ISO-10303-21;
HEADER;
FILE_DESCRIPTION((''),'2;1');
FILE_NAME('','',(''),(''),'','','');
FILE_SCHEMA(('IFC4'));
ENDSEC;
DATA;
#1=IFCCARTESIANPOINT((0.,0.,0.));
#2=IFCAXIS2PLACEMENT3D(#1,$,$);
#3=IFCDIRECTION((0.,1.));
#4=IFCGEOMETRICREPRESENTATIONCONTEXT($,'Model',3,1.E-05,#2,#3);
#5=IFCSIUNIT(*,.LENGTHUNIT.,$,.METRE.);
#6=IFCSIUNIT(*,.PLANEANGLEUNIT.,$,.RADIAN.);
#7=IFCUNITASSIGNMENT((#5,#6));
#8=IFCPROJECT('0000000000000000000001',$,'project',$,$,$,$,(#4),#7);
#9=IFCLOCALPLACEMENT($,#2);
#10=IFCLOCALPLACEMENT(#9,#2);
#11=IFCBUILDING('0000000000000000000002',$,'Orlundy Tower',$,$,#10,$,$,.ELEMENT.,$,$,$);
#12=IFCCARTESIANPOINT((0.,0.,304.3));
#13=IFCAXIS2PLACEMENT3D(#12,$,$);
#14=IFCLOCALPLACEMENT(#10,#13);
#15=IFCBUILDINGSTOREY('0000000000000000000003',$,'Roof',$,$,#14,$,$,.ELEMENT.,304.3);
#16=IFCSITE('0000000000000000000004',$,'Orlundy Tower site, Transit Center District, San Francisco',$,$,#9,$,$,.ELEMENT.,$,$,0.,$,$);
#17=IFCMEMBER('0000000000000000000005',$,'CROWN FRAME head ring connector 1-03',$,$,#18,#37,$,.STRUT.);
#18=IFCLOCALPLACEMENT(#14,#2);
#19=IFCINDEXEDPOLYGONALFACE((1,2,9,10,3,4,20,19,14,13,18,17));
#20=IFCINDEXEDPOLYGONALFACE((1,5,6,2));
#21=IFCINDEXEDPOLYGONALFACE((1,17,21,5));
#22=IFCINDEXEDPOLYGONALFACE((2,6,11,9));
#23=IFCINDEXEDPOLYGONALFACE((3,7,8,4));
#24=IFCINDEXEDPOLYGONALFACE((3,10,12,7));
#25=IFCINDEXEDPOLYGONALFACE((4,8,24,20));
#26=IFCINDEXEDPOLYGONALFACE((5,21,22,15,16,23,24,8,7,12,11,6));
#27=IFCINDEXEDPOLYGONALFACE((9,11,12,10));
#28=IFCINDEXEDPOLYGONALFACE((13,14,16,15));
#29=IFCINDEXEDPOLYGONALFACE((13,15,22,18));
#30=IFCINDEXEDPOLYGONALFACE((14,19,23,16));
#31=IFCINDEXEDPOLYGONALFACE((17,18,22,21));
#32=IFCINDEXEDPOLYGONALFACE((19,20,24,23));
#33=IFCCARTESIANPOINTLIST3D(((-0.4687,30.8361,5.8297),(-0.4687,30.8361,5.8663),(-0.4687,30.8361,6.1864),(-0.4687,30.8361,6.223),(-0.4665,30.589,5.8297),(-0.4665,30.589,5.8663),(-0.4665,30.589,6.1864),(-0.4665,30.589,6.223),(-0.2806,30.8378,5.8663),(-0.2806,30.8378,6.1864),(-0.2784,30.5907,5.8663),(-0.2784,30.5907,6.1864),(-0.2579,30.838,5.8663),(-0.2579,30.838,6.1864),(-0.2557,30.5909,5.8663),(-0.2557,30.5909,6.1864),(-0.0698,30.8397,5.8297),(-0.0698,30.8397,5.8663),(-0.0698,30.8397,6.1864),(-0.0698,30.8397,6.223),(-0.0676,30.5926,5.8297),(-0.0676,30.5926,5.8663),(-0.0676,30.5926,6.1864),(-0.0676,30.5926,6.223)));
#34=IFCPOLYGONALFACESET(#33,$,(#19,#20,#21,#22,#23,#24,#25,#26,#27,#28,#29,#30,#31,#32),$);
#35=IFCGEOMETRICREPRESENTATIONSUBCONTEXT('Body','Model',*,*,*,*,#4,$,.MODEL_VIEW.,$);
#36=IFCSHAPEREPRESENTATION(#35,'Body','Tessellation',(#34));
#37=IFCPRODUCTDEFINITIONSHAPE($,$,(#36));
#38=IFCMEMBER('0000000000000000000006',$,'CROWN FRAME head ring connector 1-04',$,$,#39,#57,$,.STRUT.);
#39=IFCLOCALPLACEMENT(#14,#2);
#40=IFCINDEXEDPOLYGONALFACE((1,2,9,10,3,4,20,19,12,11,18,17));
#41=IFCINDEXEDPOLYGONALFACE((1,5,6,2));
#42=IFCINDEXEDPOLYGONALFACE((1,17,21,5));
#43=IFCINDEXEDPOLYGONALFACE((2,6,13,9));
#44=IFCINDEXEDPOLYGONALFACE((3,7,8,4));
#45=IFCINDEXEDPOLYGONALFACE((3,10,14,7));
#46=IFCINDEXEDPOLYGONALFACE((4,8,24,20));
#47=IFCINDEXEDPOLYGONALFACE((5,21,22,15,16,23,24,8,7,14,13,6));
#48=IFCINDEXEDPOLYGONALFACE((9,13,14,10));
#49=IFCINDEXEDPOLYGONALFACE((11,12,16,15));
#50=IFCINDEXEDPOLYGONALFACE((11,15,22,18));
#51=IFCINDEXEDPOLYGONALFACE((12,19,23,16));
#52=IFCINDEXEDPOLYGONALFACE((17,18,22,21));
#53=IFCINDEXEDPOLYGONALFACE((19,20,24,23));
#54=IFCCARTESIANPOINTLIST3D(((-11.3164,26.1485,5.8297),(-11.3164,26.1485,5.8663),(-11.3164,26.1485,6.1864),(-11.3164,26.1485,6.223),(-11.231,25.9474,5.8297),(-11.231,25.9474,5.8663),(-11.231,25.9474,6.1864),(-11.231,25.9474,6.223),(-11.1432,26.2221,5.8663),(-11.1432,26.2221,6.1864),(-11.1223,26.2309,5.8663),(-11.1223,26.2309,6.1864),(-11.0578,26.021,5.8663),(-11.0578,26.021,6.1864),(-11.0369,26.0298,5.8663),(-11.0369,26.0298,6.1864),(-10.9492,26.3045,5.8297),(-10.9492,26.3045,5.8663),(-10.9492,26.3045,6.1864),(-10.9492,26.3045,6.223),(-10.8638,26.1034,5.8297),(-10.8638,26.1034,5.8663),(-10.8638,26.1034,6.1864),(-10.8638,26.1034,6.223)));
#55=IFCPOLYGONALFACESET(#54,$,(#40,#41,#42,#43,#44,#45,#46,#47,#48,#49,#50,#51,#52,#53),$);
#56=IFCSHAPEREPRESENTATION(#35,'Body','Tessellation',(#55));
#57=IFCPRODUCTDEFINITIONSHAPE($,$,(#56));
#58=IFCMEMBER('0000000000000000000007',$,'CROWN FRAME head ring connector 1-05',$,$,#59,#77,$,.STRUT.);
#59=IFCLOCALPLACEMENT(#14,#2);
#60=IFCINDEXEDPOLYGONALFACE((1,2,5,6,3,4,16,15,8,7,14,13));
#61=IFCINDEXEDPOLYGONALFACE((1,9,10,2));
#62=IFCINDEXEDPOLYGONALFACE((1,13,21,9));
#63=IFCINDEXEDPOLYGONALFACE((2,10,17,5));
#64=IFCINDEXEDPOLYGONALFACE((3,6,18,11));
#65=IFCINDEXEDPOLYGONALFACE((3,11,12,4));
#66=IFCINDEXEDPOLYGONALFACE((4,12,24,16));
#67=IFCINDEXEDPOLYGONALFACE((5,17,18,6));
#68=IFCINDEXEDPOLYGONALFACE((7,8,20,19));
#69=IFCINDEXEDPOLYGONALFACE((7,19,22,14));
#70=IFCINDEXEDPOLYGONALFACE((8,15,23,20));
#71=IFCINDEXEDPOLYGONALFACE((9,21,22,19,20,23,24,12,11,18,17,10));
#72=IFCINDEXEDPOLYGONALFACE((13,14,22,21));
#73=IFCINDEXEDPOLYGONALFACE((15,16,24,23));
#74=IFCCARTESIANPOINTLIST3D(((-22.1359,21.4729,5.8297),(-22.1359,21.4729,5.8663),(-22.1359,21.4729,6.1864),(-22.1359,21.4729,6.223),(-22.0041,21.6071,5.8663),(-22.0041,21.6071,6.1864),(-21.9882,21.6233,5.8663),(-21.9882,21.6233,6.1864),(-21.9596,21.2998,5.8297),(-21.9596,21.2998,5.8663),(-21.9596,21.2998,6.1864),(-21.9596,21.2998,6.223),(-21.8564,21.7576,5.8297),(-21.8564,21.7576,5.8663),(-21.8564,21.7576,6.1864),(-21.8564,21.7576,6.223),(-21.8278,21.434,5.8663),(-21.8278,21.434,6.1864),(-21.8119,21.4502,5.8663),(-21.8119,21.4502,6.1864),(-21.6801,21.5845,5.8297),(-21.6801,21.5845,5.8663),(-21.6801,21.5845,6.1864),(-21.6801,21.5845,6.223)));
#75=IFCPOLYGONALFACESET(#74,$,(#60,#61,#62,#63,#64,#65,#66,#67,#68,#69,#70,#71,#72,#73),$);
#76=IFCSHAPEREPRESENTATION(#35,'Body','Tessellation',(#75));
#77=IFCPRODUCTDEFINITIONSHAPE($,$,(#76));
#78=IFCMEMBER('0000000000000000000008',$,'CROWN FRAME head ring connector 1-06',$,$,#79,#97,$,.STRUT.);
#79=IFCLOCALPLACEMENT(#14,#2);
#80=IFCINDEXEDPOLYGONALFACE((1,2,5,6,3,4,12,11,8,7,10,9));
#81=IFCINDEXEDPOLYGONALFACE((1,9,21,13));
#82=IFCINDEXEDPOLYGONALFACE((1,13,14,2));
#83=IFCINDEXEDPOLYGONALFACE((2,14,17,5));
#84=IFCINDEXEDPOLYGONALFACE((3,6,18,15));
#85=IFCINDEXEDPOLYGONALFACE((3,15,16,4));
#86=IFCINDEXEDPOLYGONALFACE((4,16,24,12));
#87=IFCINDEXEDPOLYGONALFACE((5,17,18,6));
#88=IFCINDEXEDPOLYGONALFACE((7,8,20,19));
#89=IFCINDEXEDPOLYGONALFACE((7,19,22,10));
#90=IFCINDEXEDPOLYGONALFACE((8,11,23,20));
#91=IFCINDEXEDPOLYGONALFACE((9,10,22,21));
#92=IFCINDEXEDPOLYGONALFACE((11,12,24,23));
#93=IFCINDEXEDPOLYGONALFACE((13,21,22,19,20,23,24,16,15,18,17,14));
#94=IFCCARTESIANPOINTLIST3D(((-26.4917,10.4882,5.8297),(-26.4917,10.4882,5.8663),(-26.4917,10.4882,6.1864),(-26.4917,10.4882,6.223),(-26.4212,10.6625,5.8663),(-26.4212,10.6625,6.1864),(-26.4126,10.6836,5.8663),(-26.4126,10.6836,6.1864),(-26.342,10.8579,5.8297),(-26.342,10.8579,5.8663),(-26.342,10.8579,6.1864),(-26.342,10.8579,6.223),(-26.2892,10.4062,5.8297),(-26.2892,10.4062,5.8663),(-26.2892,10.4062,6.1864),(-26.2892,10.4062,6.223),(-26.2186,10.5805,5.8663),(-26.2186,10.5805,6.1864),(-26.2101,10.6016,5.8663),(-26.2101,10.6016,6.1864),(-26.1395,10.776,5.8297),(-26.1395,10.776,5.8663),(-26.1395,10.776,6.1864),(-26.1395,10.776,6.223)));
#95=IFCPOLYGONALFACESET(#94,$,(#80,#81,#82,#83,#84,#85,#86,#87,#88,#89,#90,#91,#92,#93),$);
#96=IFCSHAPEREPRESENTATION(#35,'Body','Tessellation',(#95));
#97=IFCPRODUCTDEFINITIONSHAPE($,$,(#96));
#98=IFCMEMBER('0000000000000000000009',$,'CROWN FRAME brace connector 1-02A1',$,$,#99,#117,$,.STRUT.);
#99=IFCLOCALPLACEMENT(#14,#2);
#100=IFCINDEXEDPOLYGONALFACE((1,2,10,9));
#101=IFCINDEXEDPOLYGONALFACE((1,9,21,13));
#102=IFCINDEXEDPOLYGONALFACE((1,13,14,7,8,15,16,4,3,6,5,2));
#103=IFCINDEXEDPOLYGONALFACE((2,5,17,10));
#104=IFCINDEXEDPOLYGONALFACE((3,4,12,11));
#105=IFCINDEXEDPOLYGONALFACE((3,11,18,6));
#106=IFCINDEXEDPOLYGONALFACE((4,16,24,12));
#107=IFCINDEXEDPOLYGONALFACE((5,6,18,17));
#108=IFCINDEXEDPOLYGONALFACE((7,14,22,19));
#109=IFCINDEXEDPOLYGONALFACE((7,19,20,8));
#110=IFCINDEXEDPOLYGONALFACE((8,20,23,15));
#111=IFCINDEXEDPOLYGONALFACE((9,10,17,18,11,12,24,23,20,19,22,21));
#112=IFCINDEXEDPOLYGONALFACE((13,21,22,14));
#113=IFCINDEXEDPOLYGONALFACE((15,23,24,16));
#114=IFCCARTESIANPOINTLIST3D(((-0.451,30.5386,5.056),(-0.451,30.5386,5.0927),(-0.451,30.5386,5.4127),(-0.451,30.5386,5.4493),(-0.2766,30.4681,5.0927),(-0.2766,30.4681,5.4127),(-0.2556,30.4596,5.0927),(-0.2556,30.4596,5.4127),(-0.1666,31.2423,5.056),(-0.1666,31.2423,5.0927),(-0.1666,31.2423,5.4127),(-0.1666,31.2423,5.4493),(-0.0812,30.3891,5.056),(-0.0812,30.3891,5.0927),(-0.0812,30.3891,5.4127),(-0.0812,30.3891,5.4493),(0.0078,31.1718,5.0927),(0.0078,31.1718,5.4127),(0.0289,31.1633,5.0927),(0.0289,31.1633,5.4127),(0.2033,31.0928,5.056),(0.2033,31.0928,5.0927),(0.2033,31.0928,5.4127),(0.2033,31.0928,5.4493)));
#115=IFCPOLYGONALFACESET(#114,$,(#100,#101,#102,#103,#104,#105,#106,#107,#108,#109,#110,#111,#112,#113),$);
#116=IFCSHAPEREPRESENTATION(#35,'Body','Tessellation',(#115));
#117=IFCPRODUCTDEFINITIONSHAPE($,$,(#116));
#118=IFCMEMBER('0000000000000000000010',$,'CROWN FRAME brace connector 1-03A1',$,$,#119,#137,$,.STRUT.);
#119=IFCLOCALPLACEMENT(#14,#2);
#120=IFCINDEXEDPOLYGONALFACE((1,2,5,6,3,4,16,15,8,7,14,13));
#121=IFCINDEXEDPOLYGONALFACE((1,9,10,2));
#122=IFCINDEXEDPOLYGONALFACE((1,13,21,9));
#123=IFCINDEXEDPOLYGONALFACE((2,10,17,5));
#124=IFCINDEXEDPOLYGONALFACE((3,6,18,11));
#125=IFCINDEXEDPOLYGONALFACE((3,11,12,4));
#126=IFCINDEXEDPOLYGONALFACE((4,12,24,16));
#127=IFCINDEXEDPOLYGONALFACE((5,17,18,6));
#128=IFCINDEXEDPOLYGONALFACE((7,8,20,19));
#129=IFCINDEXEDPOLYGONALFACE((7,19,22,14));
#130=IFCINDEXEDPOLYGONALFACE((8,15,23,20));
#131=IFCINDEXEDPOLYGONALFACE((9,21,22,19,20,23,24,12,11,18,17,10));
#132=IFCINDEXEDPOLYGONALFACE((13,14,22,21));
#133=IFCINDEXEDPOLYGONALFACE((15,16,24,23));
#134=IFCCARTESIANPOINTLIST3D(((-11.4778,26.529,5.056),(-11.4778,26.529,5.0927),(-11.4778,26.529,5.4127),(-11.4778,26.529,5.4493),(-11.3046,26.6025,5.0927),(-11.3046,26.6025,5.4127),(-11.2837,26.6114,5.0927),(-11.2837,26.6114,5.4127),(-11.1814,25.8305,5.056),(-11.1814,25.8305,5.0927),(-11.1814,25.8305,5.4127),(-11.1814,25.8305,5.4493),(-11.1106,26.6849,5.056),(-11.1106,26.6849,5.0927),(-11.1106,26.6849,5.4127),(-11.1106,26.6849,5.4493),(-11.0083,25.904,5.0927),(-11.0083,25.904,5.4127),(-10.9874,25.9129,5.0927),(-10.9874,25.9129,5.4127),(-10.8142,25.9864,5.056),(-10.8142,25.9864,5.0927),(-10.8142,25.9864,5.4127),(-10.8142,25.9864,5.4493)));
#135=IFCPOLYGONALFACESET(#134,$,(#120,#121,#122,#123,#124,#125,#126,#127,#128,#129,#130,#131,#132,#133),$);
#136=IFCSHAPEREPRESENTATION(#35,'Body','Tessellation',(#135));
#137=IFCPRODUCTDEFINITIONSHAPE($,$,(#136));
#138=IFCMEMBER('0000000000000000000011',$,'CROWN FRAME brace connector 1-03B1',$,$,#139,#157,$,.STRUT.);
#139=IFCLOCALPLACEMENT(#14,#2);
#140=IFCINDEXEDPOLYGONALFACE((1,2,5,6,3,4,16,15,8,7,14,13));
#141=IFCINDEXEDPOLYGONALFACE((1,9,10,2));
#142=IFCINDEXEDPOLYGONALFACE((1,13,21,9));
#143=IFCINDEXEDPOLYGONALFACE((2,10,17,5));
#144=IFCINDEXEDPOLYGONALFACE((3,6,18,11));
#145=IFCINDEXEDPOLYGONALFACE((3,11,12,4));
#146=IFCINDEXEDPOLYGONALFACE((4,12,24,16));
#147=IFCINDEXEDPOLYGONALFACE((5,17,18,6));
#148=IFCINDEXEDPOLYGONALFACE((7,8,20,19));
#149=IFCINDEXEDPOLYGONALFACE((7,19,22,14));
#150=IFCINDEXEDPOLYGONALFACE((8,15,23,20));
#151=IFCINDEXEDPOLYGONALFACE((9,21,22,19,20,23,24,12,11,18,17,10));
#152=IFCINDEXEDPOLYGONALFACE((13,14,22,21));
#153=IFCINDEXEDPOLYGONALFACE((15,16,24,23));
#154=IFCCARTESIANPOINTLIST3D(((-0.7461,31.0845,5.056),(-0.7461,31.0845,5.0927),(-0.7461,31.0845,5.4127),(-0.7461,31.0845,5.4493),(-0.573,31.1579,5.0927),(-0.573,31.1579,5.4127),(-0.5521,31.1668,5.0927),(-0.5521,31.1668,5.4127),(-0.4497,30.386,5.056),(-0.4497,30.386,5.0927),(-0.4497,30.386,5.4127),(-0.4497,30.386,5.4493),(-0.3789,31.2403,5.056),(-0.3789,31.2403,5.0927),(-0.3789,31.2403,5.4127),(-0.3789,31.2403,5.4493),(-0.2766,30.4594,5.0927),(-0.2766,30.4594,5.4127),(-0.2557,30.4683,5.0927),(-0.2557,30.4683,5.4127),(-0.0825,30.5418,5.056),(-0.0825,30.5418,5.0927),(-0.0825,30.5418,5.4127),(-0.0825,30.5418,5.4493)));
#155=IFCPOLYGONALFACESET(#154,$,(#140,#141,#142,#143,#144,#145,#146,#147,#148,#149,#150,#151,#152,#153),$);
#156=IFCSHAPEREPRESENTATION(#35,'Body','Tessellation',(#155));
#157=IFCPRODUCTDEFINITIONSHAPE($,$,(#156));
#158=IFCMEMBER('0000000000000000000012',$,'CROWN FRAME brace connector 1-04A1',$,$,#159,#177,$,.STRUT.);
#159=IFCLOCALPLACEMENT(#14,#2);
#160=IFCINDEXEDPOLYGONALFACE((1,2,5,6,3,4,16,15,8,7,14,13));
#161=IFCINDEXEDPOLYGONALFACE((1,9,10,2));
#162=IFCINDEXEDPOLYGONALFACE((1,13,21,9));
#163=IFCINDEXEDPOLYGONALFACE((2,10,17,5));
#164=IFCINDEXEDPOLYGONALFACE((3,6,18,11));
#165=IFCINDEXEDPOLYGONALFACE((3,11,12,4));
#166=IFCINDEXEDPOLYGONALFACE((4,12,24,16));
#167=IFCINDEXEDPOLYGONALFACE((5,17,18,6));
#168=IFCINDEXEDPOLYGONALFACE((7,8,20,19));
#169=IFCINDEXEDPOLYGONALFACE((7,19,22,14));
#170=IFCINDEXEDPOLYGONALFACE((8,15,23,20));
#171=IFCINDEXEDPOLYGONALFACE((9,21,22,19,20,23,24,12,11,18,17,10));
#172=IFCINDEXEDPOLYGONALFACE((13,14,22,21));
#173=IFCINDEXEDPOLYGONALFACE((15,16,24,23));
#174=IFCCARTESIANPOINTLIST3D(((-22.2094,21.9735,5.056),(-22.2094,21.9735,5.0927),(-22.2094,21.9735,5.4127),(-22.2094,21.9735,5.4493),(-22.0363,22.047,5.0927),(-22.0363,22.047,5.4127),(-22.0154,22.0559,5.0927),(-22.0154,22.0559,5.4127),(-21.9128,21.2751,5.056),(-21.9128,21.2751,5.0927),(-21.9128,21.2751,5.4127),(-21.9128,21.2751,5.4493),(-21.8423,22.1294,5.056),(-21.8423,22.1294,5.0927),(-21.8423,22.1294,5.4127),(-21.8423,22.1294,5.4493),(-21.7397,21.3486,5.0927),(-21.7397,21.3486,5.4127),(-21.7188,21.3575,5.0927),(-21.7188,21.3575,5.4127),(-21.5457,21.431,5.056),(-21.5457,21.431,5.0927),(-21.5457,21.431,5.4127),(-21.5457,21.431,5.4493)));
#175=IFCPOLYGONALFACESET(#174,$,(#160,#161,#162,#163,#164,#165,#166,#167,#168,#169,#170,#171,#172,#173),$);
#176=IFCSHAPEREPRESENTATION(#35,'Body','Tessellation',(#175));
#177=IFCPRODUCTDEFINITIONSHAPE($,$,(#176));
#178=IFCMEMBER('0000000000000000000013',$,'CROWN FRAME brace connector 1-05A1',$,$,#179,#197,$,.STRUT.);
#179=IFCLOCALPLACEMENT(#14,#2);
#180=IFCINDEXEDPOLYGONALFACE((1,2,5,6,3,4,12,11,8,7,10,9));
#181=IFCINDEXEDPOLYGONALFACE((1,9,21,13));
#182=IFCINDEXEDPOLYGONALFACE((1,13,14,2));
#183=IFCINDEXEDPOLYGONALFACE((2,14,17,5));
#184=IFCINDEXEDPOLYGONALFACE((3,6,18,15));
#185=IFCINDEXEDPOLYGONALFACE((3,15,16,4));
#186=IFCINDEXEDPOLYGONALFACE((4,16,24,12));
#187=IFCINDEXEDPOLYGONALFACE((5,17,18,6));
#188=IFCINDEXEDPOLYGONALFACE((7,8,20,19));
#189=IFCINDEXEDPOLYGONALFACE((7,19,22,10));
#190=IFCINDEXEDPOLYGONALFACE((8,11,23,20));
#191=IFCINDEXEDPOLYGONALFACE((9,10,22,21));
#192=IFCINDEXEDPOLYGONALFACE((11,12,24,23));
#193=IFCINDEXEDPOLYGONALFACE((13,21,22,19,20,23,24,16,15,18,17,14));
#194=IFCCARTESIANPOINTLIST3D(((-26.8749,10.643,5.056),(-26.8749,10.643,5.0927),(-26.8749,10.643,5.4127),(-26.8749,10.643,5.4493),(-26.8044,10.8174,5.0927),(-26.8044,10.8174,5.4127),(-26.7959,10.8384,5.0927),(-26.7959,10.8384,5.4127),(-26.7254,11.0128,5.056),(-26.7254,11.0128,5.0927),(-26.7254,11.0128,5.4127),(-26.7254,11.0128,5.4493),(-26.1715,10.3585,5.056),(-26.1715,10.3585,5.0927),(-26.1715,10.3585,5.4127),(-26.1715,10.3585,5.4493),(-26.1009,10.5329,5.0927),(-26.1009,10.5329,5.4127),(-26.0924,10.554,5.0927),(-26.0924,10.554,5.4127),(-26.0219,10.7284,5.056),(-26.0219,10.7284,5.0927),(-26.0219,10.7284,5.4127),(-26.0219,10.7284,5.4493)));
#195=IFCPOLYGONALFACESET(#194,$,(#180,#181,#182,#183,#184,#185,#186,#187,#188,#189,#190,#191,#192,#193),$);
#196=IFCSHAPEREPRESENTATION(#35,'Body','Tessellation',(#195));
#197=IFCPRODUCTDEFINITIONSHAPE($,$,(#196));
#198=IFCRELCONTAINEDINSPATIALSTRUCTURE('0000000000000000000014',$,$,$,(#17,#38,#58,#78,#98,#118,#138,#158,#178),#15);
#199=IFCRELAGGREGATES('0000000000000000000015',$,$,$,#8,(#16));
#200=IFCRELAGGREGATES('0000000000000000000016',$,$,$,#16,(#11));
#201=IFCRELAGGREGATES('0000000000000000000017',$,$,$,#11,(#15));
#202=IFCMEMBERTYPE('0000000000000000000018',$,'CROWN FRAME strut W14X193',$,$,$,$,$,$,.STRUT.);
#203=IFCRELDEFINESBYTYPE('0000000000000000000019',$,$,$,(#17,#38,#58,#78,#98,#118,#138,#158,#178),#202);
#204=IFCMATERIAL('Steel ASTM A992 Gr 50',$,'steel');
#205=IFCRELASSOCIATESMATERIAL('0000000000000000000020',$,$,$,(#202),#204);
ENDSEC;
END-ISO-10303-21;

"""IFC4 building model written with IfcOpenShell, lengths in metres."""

from ifc_helpers import new_model, si_unit, direction, frame, origin, origin_2d, place, context, subcontext, project, spatial, i_section, extrude, material, material_profile, profile_set, type_object, element, save


model = new_model("IFC4")

# Units and contexts
model_context = context("Model", 3, precision=1e-05, world=origin(), true_north=direction((0.0, 1.0)))
body_context = subcontext(model_context, "Body", "Model", "MODEL_VIEW")
ifc_project = project(units=[si_unit("LENGTHUNIT", "METRE"), si_unit("PLANEANGLEUNIT", "RADIAN")], contexts=[model_context])

# Site, building, storey
site_placement = place(None, origin())
site = spatial("IfcSite", under=ifc_project, at=site_placement, Name="Orlundy Tower site, Transit Center District, San Francisco", CompositionType="ELEMENT", RefElevation=0.0)
building_placement = place(site_placement, origin())
building = spatial("IfcBuilding", under=site, at=building_placement, Name="Orlundy Tower", CompositionType="ELEMENT")
storey_placement = place(building_placement, frame((0.0, 0.0, 304.3)))
storey = spatial("IfcBuildingStorey", under=building, at=storey_placement, Name="Roof", CompositionType="ELEMENT", Elevation=304.3)

# Members
ifc_material_1 = material(Name="Steel ASTM A992 Gr 50", Category="steel")
ifc_material_profile_1 = material_profile(ifc_material_1, i_section(OverallWidth=0.3989, OverallDepth=0.3933, WebThickness=0.0227, FlangeThickness=0.0366, at=origin_2d()), Name="W14X193")
ifc_profile_set_1 = profile_set([ifc_material_profile_1], Name="Steel ASTM A992 Gr 50")
member_type_1 = type_object("IfcMemberType", Name="CROWN FRAME strut W14X193", PredefinedType="STRUT", material=ifc_profile_set_1)
member_1_placement = place(storey_placement, frame((-0.2671, 30.5908, 6.0264), z_axis=(-0.008893, 0.99996, 0.0), x_axis=(-0.99996, -0.008893, 0.0)))
element("IfcMember", 1, at=member_1_placement, inside=storey, type_object=member_type_1, Name="CROWN FRAME head ring connector 1-03", PredefinedType="STRUT", context=body_context, shape_type="SweptSolid", body=[
    extrude(i_section(OverallWidth=0.3989, OverallDepth=0.3933, WebThickness=0.0227, FlangeThickness=0.0366, at=origin_2d()), origin(), (0.0, 0.0, 1.0), 0.2471),
])
member_2_placement = place(storey_placement, frame((-11.0474, 26.0254, 6.0264), z_axis=(-0.390951, 0.920411, 0.0), x_axis=(-0.920411, -0.390951, 0.0)))
element("IfcMember", 2, at=member_2_placement, inside=storey, type_object=member_type_1, Name="CROWN FRAME head ring connector 1-04", PredefinedType="STRUT", context=body_context, shape_type="SweptSolid", body=[
    extrude(i_section(OverallWidth=0.3989, OverallDepth=0.3933, WebThickness=0.0227, FlangeThickness=0.0366, at=origin_2d()), origin(), (0.0, 0.0, 1.0), 0.2185),
])
member_3_placement = place(storey_placement, frame((-21.8198, 21.4421, 6.0264), z_axis=(-0.713501, 0.700654, 0.0), x_axis=(-0.700654, -0.713501, 0.0)))
element("IfcMember", 3, at=member_3_placement, inside=storey, type_object=member_type_1, Name="CROWN FRAME head ring connector 1-05", PredefinedType="STRUT", context=body_context, shape_type="SweptSolid", body=[
    extrude(i_section(OverallWidth=0.3989, OverallDepth=0.3933, WebThickness=0.0227, FlangeThickness=0.0366, at=origin_2d()), origin(), (0.0, 0.0, 1.0), 0.2471),
])
member_4_placement = place(storey_placement, frame((-26.2144, 10.5911, 6.0264), z_axis=(-0.926928, 0.375238, 0.0), x_axis=(-0.375238, -0.926928, 0.0)))
element("IfcMember", 4, at=member_4_placement, inside=storey, type_object=member_type_1, Name="CROWN FRAME head ring connector 1-06", PredefinedType="STRUT", context=body_context, shape_type="SweptSolid", body=[
    extrude(i_section(OverallWidth=0.3989, OverallDepth=0.3933, WebThickness=0.0227, FlangeThickness=0.0366, at=origin_2d()), origin(), (0.0, 0.0, 1.0), 0.2185),
])
member_5_placement = place(storey_placement, frame((-0.2661, 30.4639, 5.2527), z_axis=(0.374772, 0.927117, 0.0), x_axis=(-0.927117, 0.374772, 0.0)))
element("IfcMember", 5, at=member_5_placement, inside=storey, type_object=member_type_1, Name="CROWN FRAME brace connector 1-02A1", PredefinedType="STRUT", context=body_context, shape_type="SweptSolid", body=[
    extrude(i_section(OverallWidth=0.3989, OverallDepth=0.3933, WebThickness=0.0227, FlangeThickness=0.0366, at=origin_2d()), origin(), (0.0, 0.0, 1.0), 0.759),
])
for number, where, z_axis, x_axis, name in (
    (6, (-10.9978, 25.9084, 5.2527), (-0.390616, 0.920554, 0.0), (-0.920554, -0.390616, 0.0), "CROWN FRAME brace connector 1-03A1"),
    (7, (-0.2661, 30.4639, 5.2527), (-0.390616, 0.920554, 0.0), (-0.920554, -0.390616, 0.0), "CROWN FRAME brace connector 1-03B1"),
    (8, (-21.7292, 21.353, 5.2527), (-0.390889, 0.920438, 0.0), (-0.920438, -0.390889, 0.0), "CROWN FRAME brace connector 1-04A1"),
    (9, (-26.0967, 10.5435, 5.2527), (-0.927072, 0.374883, 0.0), (-0.374883, -0.927072, 0.0), "CROWN FRAME brace connector 1-05A1"),
):
    element("IfcMember", number, at=place(storey_placement, frame(where, z_axis=z_axis, x_axis=x_axis)), inside=storey, type_object=member_type_1, Name=name, PredefinedType="STRUT", context=body_context, shape_type="SweptSolid", body=[
        extrude(i_section(OverallWidth=0.3989, OverallDepth=0.3933, WebThickness=0.0227, FlangeThickness=0.0366, at=origin_2d()), origin(), (0.0, 0.0, 1.0), 0.7588),
    ])

save(model, "model.ifc")
